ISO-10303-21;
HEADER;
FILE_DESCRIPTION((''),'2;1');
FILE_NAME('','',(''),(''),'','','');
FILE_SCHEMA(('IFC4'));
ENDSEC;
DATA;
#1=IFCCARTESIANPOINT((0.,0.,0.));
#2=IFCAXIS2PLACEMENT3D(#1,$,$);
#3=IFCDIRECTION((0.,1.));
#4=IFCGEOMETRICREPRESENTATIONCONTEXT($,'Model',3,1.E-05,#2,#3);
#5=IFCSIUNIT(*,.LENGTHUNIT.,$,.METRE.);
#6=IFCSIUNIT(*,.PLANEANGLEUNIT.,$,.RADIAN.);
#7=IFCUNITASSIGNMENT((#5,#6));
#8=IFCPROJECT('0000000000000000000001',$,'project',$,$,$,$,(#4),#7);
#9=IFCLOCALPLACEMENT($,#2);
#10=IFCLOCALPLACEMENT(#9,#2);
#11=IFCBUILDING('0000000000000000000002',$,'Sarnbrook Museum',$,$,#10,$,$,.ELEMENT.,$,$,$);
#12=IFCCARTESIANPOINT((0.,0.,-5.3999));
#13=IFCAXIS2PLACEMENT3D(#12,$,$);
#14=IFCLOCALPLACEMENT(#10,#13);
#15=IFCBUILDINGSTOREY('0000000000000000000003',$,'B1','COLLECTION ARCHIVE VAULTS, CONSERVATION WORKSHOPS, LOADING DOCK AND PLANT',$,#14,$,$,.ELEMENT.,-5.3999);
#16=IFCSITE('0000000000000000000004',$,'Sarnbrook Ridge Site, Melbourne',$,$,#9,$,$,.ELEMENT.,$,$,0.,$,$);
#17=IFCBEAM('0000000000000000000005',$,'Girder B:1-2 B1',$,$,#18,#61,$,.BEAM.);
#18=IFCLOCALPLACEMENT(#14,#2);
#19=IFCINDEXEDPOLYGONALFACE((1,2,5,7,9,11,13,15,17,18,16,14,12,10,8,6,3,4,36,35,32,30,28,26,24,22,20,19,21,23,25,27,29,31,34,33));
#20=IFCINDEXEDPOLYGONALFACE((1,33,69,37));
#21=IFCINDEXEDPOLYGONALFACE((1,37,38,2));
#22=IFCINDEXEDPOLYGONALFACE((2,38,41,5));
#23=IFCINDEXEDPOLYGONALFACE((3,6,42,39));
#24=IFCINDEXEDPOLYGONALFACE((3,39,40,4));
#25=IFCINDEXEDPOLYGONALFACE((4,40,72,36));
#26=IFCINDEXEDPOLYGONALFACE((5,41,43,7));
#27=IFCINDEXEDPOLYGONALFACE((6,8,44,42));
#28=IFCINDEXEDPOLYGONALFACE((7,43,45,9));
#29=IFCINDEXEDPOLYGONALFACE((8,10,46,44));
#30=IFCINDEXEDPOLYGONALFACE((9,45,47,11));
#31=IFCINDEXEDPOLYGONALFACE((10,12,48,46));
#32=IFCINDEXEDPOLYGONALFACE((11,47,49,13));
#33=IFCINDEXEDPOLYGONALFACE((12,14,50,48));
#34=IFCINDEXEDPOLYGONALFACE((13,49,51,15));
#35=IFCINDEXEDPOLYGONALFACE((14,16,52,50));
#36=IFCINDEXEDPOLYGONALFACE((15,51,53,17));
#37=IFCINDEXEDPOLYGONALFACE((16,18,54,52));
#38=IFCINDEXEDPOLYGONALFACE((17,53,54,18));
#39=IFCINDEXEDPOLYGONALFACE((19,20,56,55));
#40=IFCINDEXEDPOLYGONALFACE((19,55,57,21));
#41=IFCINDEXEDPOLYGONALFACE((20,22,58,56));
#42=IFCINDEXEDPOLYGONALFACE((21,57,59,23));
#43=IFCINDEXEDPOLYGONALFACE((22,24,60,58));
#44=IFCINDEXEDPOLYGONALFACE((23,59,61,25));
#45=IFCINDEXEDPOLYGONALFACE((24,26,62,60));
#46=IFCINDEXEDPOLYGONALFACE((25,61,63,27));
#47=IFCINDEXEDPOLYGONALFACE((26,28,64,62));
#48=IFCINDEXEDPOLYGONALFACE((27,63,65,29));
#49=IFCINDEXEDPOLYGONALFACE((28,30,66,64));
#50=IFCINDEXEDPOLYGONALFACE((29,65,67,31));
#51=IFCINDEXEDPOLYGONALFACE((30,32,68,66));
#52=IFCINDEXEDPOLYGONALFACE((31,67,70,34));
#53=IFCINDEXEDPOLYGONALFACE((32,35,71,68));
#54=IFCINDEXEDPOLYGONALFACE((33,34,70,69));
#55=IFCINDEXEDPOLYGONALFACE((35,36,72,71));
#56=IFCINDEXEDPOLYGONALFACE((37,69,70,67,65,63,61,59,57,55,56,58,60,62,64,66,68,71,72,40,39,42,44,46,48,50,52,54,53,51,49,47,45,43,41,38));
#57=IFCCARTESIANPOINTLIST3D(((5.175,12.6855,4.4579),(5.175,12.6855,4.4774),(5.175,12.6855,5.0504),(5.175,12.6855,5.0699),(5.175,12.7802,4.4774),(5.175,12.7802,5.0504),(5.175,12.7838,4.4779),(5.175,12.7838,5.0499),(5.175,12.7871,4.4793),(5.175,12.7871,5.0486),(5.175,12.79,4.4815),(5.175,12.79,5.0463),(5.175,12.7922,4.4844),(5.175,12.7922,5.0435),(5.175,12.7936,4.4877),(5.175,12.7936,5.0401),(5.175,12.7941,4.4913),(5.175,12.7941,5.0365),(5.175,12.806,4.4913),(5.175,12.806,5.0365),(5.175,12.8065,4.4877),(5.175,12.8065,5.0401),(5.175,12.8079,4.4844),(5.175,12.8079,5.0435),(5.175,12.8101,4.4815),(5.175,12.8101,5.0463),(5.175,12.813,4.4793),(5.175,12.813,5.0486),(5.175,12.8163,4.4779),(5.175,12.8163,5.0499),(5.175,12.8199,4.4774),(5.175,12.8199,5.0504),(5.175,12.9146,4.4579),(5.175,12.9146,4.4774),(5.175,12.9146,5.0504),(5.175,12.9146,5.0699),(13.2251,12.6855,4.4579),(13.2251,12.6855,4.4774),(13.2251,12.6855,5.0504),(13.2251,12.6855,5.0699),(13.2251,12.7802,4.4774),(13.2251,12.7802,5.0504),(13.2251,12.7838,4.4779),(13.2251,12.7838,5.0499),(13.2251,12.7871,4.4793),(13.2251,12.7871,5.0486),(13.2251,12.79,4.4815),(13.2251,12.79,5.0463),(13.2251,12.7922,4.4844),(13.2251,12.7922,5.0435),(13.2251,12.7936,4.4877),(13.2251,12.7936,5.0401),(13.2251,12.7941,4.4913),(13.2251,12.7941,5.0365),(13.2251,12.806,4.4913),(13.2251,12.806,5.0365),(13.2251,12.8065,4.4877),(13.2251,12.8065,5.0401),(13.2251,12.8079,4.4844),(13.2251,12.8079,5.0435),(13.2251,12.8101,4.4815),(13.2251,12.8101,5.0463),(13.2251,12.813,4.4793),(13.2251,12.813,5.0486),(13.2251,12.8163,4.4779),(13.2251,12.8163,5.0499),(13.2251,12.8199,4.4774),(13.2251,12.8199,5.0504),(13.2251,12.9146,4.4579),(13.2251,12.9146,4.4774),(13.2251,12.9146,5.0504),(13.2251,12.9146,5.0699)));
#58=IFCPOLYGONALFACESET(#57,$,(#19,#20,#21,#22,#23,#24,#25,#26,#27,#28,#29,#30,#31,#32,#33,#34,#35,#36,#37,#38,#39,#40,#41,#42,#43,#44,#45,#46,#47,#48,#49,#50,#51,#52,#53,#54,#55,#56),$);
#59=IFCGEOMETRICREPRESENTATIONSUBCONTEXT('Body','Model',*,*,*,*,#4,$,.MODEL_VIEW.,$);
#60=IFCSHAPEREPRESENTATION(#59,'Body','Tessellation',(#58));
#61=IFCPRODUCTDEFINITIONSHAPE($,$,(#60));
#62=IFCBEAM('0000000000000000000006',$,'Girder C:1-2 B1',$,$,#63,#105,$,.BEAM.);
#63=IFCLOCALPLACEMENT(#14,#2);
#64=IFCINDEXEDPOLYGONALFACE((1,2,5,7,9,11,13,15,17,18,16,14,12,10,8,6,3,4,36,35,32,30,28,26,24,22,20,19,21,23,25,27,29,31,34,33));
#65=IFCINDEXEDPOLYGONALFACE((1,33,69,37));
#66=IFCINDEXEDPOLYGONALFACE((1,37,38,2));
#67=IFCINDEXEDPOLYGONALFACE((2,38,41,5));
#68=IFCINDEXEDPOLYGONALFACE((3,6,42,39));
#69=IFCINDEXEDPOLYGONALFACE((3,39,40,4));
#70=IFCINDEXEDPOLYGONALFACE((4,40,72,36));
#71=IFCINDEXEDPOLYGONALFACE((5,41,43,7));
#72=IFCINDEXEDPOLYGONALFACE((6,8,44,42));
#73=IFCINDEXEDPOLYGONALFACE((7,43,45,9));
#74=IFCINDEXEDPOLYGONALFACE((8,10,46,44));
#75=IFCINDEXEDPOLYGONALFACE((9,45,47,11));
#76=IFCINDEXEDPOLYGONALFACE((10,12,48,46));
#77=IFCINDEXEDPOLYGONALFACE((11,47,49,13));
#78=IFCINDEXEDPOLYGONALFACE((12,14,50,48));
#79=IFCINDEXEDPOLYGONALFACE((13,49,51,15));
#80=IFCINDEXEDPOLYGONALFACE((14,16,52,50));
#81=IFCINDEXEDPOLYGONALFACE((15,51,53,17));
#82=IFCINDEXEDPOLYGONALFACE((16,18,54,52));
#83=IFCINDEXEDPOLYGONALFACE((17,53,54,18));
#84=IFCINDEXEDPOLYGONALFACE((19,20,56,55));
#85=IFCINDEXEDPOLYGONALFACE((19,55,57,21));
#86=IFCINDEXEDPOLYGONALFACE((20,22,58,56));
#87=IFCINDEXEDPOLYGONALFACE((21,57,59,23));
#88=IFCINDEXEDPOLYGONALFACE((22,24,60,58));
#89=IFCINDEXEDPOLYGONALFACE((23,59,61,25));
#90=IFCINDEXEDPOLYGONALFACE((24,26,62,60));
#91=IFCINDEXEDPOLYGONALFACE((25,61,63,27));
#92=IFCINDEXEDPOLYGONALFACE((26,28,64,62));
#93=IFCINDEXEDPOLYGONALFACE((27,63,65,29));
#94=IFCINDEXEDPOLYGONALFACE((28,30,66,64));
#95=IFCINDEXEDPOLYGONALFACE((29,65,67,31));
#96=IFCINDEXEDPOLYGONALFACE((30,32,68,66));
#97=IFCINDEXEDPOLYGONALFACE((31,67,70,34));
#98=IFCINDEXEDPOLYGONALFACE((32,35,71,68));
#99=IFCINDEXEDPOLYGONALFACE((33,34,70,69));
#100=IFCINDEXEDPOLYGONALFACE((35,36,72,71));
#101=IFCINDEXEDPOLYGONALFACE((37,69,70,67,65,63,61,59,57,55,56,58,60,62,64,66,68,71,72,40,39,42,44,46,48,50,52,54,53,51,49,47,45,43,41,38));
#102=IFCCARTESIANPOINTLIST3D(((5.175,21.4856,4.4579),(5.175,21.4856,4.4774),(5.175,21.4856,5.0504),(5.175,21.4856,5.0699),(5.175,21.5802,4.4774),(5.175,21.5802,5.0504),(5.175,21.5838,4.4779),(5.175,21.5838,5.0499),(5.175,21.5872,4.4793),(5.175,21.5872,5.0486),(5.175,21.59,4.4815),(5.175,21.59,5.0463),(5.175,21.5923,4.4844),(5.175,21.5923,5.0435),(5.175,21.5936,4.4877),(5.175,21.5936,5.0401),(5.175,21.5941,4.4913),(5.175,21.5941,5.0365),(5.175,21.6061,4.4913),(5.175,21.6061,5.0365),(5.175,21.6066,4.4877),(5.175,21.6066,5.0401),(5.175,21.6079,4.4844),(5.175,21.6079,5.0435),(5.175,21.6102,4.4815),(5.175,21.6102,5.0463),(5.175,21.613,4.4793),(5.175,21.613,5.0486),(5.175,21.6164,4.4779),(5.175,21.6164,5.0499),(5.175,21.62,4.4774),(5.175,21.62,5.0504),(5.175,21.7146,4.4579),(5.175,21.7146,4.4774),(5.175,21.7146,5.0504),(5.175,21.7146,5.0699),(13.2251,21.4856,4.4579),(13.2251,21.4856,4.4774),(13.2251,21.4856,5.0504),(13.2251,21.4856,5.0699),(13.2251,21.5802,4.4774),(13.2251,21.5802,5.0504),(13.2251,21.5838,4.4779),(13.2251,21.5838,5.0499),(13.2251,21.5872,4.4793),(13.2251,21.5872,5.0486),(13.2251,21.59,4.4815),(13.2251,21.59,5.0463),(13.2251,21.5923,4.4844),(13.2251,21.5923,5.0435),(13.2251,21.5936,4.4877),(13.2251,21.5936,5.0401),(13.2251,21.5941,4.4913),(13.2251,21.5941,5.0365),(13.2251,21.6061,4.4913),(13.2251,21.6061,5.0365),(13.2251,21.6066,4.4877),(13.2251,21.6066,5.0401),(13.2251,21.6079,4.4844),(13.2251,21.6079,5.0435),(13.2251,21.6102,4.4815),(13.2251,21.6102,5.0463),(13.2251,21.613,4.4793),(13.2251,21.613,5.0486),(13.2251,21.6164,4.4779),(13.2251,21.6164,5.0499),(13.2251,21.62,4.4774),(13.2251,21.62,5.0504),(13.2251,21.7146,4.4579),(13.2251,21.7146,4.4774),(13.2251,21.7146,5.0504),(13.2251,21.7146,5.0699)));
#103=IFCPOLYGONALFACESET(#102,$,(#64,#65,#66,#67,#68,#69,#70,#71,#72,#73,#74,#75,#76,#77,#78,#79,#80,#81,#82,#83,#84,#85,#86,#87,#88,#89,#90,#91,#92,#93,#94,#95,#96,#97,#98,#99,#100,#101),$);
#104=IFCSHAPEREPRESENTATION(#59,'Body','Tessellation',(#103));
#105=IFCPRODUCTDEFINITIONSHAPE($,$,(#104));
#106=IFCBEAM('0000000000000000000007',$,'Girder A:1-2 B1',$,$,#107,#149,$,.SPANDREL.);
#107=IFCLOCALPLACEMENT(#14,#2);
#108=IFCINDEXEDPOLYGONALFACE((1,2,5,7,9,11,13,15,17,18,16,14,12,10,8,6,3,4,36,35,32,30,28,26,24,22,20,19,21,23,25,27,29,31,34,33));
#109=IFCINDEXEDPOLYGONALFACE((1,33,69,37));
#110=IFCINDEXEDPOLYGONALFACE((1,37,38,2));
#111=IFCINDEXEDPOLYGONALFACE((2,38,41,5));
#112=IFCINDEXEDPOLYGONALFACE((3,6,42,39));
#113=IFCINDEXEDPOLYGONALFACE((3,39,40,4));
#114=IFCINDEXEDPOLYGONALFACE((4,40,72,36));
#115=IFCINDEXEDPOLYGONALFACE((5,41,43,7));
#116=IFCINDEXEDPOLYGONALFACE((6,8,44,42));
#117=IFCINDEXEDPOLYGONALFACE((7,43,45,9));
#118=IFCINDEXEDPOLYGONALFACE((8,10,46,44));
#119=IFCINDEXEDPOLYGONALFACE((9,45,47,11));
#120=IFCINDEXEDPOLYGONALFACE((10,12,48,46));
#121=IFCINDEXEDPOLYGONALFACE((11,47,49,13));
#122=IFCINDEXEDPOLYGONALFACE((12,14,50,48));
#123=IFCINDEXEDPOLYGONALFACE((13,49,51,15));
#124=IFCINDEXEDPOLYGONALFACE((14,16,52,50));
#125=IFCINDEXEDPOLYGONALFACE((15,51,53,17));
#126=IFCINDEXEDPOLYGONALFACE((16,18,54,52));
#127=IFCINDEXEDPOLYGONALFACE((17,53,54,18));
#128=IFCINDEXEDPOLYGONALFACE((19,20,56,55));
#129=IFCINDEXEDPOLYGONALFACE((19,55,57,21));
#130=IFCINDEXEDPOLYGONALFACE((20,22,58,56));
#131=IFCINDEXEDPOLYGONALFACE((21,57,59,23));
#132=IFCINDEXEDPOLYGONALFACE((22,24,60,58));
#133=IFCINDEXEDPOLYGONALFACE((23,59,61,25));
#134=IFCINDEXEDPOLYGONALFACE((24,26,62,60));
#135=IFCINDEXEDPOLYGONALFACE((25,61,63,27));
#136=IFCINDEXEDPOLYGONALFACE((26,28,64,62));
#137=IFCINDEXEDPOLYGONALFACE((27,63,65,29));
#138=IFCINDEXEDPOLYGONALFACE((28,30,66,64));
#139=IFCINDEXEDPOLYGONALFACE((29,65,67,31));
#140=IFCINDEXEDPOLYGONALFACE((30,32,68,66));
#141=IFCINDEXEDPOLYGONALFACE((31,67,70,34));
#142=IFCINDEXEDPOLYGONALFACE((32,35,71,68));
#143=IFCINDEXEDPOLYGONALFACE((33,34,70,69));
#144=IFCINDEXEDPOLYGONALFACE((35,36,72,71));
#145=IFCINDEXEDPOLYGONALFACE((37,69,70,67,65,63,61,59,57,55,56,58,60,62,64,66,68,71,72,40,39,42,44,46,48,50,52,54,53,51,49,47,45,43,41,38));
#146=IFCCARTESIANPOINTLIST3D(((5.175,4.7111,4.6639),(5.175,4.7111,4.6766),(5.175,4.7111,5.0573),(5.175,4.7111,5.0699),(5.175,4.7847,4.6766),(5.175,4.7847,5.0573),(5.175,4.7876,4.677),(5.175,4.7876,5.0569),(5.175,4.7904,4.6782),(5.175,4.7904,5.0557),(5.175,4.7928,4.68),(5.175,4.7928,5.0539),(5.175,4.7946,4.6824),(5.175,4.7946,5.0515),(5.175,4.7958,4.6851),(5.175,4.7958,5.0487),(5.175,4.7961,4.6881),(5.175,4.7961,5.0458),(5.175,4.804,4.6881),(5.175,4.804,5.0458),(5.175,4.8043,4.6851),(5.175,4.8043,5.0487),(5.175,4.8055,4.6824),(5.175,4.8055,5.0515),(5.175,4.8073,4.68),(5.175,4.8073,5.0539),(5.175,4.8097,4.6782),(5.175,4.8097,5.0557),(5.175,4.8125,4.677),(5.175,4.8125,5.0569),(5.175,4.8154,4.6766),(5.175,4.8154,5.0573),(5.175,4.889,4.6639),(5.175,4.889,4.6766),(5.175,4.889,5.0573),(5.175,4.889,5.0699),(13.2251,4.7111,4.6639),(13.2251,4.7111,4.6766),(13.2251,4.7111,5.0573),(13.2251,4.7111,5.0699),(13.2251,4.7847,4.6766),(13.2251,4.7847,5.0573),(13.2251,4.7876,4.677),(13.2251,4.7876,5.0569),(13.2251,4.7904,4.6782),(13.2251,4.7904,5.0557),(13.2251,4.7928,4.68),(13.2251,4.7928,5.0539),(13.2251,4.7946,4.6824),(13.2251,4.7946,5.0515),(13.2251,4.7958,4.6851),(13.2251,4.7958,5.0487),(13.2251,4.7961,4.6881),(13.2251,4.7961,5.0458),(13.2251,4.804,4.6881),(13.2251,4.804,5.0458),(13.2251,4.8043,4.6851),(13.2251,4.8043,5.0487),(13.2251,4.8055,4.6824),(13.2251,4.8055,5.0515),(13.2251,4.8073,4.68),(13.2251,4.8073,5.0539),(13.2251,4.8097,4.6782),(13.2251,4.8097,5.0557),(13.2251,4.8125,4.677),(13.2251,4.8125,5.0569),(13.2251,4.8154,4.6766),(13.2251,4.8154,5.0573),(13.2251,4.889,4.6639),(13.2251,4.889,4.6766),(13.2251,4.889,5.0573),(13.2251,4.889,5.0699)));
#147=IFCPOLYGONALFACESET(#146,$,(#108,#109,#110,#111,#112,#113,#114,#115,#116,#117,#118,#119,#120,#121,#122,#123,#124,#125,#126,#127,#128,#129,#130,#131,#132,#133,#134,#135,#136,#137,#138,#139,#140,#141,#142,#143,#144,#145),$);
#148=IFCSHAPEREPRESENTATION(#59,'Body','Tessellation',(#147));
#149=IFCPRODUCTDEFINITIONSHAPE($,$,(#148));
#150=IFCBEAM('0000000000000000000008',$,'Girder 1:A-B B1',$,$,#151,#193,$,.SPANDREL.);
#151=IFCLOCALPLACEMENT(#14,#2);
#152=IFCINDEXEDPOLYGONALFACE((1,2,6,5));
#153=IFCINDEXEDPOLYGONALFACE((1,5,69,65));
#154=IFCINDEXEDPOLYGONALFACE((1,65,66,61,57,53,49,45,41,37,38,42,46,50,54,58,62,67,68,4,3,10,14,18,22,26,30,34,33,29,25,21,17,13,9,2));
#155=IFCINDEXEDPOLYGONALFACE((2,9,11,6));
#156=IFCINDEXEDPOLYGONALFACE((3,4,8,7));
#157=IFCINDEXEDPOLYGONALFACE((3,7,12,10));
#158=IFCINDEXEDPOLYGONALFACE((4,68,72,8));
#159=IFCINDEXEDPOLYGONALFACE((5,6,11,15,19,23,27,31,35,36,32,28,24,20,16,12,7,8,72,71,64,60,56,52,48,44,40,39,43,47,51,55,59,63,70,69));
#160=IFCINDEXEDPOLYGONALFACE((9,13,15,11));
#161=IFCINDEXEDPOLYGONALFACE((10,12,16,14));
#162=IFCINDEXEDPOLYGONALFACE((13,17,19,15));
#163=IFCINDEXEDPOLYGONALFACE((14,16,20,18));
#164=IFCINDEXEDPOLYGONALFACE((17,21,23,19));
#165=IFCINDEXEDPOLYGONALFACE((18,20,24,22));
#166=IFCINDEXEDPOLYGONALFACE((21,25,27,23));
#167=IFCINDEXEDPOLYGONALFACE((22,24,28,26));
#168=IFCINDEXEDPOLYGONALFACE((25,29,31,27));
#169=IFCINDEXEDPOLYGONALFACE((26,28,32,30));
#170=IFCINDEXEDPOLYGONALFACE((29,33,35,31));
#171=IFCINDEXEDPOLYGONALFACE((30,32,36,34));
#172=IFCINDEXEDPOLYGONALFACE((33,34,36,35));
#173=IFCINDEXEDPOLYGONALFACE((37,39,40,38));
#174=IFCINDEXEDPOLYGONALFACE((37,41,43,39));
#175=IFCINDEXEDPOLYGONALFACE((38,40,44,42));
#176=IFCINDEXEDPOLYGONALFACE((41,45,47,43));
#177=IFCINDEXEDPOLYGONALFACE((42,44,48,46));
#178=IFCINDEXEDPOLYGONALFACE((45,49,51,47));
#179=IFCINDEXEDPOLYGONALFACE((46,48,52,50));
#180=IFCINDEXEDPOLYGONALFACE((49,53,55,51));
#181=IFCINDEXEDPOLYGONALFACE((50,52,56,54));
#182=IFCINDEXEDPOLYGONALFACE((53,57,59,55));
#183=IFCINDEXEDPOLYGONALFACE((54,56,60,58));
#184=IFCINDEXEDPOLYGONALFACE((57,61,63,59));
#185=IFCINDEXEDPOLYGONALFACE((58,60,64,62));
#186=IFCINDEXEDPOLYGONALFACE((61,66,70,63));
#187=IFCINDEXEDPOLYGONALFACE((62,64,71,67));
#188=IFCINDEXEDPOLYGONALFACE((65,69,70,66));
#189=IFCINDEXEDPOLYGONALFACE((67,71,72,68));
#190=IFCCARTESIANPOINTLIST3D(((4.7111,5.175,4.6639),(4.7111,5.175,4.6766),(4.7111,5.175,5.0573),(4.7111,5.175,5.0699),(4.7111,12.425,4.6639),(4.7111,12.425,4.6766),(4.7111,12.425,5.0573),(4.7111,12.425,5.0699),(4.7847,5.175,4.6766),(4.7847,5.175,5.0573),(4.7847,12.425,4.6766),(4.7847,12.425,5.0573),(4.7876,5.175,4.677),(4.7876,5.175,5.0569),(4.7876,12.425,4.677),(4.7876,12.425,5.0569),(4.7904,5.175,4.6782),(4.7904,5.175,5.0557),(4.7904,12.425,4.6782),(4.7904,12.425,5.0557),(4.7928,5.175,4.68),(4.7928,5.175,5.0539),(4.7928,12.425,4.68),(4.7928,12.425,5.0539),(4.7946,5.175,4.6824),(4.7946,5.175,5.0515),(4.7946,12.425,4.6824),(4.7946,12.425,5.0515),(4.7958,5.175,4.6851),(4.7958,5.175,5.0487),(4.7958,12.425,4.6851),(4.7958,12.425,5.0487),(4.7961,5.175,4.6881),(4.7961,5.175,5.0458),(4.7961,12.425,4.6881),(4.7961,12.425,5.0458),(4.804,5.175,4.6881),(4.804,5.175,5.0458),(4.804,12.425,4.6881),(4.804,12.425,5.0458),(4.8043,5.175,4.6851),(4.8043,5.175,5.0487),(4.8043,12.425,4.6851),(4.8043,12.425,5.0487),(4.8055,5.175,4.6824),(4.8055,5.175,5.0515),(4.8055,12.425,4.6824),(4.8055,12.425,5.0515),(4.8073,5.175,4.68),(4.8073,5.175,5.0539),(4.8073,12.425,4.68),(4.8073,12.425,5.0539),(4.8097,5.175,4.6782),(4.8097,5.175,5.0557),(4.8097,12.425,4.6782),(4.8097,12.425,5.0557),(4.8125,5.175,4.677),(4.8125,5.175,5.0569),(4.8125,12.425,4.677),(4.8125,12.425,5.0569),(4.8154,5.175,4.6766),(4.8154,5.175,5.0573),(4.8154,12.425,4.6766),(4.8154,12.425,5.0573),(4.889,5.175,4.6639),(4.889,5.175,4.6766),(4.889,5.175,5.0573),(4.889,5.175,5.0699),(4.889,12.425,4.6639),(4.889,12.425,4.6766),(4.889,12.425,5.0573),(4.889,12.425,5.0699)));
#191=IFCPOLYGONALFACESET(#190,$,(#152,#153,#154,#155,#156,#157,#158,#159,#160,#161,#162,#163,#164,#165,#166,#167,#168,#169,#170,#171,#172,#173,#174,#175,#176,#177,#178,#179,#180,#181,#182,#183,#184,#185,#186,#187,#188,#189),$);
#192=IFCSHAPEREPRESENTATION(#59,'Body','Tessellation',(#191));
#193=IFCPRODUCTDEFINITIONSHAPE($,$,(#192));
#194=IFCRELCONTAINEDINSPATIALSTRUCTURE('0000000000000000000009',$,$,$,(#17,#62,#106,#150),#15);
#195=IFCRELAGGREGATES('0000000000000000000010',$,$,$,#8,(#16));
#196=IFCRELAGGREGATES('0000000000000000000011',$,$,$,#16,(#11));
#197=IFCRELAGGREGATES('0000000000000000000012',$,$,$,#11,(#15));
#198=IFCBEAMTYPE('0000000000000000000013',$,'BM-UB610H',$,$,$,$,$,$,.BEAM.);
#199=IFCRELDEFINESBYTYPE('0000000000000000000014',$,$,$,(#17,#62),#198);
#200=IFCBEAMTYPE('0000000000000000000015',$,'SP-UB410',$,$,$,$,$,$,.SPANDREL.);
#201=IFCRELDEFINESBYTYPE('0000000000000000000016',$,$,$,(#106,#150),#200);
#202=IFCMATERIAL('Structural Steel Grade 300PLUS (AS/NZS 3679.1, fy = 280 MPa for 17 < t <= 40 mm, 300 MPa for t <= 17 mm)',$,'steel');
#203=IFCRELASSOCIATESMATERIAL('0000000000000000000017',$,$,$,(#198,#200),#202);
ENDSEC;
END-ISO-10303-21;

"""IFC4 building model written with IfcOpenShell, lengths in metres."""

from ifc_helpers import new_model, si_unit, direction, frame, origin, origin_2d, place, context, subcontext, project, spatial, i_section, extrude, material, material_profile, profile_set, type_object, element, save


model = new_model("IFC4")

# Units and contexts
model_context = context("Model", 3, precision=1e-05, world=origin(), true_north=direction((0.0, 1.0)))
body_context = subcontext(model_context, "Body", "Model", "MODEL_VIEW")
ifc_project = project(units=[si_unit("LENGTHUNIT", "METRE"), si_unit("PLANEANGLEUNIT", "RADIAN")], contexts=[model_context])

# Site, building, storey
site_placement = place(None, origin())
site = spatial("IfcSite", under=ifc_project, at=site_placement, Name="Sarnbrook Ridge Site, Melbourne", CompositionType="ELEMENT", RefElevation=0.0)
building_placement = place(site_placement, origin())
building = spatial("IfcBuilding", under=site, at=building_placement, Name="Sarnbrook Museum", CompositionType="ELEMENT")
storey_placement = place(building_placement, frame((0.0, 0.0, -5.3999)))
storey = spatial("IfcBuildingStorey", under=building, at=storey_placement, Name="B1", Description="COLLECTION ARCHIVE VAULTS, CONSERVATION WORKSHOPS, LOADING DOCK AND PLANT", CompositionType="ELEMENT", Elevation=-5.3999)

# Beams
ifc_material_1 = material(Name="Structural Steel Grade 300PLUS (AS/NZS 3679.1, fy = 280 MPa for 17 < t <= 40 mm, 300 MPa for t <= 17 mm)", Category="steel")
ifc_material_profile_1 = material_profile(ifc_material_1, i_section(OverallWidth=0.229, OverallDepth=0.6121, WebThickness=0.012, FlangeThickness=0.0195, FilletRadius=0.0139, at=origin_2d()), Name="610UB125")
ifc_profile_set_1 = profile_set([ifc_material_profile_1], Name="Structural Steel Grade 300PLUS (AS/NZS 3679.1, fy = 280 MPa for 17 < t <= 40 mm, 300 MPa for t <= 17 mm)")
beam_type_1 = type_object("IfcBeamType", Name="BM-UB610H", PredefinedType="BEAM", material=ifc_profile_set_1)
for number, where, z_axis, x_axis, name in (
    (1, (5.175, 12.8, 4.7639), (1.0, 0.0, 0.0), (0.0, 1.0, 0.0), "Girder B:1-2 B1"),
    (2, (5.175, 21.6001, 4.7639), (1.0, 0.0, 0.0), (0.0, 1.0, 0.0), "Girder C:1-2 B1"),
):
    element("IfcBeam", number, at=place(storey_placement, frame(where, z_axis=z_axis, x_axis=x_axis)), inside=storey, type_object=beam_type_1, Name=name, PredefinedType="BEAM", context=body_context, shape_type="SweptSolid", body=[
        extrude(i_section(OverallWidth=0.229, OverallDepth=0.6121, WebThickness=0.012, FlangeThickness=0.0195, FilletRadius=0.0139, at=origin_2d()), origin(), (0.0, 0.0, 1.0), 8.05),
    ])
ifc_material_profile_2 = material_profile(ifc_material_1, i_section(OverallWidth=0.178, OverallDepth=0.406, WebThickness=0.0078, FlangeThickness=0.0127, FilletRadius=0.0115, at=origin_2d()), Name="410UB59.7")
ifc_profile_set_2 = profile_set([ifc_material_profile_2], Name="Structural Steel Grade 300PLUS (AS/NZS 3679.1, fy = 280 MPa for 17 < t <= 40 mm, 300 MPa for t <= 17 mm)")
beam_type_2 = type_object("IfcBeamType", Name="SP-UB410", PredefinedType="SPANDREL", material=ifc_profile_set_2)
beam_1_placement = place(storey_placement, frame((5.175, 4.8, 4.8669), z_axis=(1.0, 0.0, 0.0), x_axis=(0.0, 1.0, 0.0)))
element("IfcBeam", 3, at=beam_1_placement, inside=storey, type_object=beam_type_2, Name="Girder A:1-2 B1", PredefinedType="SPANDREL", context=body_context, shape_type="SweptSolid", body=[
    extrude(i_section(OverallWidth=0.178, OverallDepth=0.406, WebThickness=0.0078, FlangeThickness=0.0127, FilletRadius=0.0115, at=origin_2d()), origin(), (0.0, 0.0, 1.0), 8.05),
])
beam_2_placement = place(storey_placement, frame((4.8, 5.175, 4.8669), z_axis=(0.0, 1.0, 0.0), x_axis=(-1.0, 0.0, 0.0)))
element("IfcBeam", 4, at=beam_2_placement, inside=storey, type_object=beam_type_2, Name="Girder 1:A-B B1", PredefinedType="SPANDREL", context=body_context, shape_type="SweptSolid", body=[
    extrude(i_section(OverallWidth=0.178, OverallDepth=0.406, WebThickness=0.0078, FlangeThickness=0.0127, FilletRadius=0.0115, at=origin_2d()), origin(), (0.0, 0.0, 1.0), 7.25),
])

save(model, "model.ifc")
